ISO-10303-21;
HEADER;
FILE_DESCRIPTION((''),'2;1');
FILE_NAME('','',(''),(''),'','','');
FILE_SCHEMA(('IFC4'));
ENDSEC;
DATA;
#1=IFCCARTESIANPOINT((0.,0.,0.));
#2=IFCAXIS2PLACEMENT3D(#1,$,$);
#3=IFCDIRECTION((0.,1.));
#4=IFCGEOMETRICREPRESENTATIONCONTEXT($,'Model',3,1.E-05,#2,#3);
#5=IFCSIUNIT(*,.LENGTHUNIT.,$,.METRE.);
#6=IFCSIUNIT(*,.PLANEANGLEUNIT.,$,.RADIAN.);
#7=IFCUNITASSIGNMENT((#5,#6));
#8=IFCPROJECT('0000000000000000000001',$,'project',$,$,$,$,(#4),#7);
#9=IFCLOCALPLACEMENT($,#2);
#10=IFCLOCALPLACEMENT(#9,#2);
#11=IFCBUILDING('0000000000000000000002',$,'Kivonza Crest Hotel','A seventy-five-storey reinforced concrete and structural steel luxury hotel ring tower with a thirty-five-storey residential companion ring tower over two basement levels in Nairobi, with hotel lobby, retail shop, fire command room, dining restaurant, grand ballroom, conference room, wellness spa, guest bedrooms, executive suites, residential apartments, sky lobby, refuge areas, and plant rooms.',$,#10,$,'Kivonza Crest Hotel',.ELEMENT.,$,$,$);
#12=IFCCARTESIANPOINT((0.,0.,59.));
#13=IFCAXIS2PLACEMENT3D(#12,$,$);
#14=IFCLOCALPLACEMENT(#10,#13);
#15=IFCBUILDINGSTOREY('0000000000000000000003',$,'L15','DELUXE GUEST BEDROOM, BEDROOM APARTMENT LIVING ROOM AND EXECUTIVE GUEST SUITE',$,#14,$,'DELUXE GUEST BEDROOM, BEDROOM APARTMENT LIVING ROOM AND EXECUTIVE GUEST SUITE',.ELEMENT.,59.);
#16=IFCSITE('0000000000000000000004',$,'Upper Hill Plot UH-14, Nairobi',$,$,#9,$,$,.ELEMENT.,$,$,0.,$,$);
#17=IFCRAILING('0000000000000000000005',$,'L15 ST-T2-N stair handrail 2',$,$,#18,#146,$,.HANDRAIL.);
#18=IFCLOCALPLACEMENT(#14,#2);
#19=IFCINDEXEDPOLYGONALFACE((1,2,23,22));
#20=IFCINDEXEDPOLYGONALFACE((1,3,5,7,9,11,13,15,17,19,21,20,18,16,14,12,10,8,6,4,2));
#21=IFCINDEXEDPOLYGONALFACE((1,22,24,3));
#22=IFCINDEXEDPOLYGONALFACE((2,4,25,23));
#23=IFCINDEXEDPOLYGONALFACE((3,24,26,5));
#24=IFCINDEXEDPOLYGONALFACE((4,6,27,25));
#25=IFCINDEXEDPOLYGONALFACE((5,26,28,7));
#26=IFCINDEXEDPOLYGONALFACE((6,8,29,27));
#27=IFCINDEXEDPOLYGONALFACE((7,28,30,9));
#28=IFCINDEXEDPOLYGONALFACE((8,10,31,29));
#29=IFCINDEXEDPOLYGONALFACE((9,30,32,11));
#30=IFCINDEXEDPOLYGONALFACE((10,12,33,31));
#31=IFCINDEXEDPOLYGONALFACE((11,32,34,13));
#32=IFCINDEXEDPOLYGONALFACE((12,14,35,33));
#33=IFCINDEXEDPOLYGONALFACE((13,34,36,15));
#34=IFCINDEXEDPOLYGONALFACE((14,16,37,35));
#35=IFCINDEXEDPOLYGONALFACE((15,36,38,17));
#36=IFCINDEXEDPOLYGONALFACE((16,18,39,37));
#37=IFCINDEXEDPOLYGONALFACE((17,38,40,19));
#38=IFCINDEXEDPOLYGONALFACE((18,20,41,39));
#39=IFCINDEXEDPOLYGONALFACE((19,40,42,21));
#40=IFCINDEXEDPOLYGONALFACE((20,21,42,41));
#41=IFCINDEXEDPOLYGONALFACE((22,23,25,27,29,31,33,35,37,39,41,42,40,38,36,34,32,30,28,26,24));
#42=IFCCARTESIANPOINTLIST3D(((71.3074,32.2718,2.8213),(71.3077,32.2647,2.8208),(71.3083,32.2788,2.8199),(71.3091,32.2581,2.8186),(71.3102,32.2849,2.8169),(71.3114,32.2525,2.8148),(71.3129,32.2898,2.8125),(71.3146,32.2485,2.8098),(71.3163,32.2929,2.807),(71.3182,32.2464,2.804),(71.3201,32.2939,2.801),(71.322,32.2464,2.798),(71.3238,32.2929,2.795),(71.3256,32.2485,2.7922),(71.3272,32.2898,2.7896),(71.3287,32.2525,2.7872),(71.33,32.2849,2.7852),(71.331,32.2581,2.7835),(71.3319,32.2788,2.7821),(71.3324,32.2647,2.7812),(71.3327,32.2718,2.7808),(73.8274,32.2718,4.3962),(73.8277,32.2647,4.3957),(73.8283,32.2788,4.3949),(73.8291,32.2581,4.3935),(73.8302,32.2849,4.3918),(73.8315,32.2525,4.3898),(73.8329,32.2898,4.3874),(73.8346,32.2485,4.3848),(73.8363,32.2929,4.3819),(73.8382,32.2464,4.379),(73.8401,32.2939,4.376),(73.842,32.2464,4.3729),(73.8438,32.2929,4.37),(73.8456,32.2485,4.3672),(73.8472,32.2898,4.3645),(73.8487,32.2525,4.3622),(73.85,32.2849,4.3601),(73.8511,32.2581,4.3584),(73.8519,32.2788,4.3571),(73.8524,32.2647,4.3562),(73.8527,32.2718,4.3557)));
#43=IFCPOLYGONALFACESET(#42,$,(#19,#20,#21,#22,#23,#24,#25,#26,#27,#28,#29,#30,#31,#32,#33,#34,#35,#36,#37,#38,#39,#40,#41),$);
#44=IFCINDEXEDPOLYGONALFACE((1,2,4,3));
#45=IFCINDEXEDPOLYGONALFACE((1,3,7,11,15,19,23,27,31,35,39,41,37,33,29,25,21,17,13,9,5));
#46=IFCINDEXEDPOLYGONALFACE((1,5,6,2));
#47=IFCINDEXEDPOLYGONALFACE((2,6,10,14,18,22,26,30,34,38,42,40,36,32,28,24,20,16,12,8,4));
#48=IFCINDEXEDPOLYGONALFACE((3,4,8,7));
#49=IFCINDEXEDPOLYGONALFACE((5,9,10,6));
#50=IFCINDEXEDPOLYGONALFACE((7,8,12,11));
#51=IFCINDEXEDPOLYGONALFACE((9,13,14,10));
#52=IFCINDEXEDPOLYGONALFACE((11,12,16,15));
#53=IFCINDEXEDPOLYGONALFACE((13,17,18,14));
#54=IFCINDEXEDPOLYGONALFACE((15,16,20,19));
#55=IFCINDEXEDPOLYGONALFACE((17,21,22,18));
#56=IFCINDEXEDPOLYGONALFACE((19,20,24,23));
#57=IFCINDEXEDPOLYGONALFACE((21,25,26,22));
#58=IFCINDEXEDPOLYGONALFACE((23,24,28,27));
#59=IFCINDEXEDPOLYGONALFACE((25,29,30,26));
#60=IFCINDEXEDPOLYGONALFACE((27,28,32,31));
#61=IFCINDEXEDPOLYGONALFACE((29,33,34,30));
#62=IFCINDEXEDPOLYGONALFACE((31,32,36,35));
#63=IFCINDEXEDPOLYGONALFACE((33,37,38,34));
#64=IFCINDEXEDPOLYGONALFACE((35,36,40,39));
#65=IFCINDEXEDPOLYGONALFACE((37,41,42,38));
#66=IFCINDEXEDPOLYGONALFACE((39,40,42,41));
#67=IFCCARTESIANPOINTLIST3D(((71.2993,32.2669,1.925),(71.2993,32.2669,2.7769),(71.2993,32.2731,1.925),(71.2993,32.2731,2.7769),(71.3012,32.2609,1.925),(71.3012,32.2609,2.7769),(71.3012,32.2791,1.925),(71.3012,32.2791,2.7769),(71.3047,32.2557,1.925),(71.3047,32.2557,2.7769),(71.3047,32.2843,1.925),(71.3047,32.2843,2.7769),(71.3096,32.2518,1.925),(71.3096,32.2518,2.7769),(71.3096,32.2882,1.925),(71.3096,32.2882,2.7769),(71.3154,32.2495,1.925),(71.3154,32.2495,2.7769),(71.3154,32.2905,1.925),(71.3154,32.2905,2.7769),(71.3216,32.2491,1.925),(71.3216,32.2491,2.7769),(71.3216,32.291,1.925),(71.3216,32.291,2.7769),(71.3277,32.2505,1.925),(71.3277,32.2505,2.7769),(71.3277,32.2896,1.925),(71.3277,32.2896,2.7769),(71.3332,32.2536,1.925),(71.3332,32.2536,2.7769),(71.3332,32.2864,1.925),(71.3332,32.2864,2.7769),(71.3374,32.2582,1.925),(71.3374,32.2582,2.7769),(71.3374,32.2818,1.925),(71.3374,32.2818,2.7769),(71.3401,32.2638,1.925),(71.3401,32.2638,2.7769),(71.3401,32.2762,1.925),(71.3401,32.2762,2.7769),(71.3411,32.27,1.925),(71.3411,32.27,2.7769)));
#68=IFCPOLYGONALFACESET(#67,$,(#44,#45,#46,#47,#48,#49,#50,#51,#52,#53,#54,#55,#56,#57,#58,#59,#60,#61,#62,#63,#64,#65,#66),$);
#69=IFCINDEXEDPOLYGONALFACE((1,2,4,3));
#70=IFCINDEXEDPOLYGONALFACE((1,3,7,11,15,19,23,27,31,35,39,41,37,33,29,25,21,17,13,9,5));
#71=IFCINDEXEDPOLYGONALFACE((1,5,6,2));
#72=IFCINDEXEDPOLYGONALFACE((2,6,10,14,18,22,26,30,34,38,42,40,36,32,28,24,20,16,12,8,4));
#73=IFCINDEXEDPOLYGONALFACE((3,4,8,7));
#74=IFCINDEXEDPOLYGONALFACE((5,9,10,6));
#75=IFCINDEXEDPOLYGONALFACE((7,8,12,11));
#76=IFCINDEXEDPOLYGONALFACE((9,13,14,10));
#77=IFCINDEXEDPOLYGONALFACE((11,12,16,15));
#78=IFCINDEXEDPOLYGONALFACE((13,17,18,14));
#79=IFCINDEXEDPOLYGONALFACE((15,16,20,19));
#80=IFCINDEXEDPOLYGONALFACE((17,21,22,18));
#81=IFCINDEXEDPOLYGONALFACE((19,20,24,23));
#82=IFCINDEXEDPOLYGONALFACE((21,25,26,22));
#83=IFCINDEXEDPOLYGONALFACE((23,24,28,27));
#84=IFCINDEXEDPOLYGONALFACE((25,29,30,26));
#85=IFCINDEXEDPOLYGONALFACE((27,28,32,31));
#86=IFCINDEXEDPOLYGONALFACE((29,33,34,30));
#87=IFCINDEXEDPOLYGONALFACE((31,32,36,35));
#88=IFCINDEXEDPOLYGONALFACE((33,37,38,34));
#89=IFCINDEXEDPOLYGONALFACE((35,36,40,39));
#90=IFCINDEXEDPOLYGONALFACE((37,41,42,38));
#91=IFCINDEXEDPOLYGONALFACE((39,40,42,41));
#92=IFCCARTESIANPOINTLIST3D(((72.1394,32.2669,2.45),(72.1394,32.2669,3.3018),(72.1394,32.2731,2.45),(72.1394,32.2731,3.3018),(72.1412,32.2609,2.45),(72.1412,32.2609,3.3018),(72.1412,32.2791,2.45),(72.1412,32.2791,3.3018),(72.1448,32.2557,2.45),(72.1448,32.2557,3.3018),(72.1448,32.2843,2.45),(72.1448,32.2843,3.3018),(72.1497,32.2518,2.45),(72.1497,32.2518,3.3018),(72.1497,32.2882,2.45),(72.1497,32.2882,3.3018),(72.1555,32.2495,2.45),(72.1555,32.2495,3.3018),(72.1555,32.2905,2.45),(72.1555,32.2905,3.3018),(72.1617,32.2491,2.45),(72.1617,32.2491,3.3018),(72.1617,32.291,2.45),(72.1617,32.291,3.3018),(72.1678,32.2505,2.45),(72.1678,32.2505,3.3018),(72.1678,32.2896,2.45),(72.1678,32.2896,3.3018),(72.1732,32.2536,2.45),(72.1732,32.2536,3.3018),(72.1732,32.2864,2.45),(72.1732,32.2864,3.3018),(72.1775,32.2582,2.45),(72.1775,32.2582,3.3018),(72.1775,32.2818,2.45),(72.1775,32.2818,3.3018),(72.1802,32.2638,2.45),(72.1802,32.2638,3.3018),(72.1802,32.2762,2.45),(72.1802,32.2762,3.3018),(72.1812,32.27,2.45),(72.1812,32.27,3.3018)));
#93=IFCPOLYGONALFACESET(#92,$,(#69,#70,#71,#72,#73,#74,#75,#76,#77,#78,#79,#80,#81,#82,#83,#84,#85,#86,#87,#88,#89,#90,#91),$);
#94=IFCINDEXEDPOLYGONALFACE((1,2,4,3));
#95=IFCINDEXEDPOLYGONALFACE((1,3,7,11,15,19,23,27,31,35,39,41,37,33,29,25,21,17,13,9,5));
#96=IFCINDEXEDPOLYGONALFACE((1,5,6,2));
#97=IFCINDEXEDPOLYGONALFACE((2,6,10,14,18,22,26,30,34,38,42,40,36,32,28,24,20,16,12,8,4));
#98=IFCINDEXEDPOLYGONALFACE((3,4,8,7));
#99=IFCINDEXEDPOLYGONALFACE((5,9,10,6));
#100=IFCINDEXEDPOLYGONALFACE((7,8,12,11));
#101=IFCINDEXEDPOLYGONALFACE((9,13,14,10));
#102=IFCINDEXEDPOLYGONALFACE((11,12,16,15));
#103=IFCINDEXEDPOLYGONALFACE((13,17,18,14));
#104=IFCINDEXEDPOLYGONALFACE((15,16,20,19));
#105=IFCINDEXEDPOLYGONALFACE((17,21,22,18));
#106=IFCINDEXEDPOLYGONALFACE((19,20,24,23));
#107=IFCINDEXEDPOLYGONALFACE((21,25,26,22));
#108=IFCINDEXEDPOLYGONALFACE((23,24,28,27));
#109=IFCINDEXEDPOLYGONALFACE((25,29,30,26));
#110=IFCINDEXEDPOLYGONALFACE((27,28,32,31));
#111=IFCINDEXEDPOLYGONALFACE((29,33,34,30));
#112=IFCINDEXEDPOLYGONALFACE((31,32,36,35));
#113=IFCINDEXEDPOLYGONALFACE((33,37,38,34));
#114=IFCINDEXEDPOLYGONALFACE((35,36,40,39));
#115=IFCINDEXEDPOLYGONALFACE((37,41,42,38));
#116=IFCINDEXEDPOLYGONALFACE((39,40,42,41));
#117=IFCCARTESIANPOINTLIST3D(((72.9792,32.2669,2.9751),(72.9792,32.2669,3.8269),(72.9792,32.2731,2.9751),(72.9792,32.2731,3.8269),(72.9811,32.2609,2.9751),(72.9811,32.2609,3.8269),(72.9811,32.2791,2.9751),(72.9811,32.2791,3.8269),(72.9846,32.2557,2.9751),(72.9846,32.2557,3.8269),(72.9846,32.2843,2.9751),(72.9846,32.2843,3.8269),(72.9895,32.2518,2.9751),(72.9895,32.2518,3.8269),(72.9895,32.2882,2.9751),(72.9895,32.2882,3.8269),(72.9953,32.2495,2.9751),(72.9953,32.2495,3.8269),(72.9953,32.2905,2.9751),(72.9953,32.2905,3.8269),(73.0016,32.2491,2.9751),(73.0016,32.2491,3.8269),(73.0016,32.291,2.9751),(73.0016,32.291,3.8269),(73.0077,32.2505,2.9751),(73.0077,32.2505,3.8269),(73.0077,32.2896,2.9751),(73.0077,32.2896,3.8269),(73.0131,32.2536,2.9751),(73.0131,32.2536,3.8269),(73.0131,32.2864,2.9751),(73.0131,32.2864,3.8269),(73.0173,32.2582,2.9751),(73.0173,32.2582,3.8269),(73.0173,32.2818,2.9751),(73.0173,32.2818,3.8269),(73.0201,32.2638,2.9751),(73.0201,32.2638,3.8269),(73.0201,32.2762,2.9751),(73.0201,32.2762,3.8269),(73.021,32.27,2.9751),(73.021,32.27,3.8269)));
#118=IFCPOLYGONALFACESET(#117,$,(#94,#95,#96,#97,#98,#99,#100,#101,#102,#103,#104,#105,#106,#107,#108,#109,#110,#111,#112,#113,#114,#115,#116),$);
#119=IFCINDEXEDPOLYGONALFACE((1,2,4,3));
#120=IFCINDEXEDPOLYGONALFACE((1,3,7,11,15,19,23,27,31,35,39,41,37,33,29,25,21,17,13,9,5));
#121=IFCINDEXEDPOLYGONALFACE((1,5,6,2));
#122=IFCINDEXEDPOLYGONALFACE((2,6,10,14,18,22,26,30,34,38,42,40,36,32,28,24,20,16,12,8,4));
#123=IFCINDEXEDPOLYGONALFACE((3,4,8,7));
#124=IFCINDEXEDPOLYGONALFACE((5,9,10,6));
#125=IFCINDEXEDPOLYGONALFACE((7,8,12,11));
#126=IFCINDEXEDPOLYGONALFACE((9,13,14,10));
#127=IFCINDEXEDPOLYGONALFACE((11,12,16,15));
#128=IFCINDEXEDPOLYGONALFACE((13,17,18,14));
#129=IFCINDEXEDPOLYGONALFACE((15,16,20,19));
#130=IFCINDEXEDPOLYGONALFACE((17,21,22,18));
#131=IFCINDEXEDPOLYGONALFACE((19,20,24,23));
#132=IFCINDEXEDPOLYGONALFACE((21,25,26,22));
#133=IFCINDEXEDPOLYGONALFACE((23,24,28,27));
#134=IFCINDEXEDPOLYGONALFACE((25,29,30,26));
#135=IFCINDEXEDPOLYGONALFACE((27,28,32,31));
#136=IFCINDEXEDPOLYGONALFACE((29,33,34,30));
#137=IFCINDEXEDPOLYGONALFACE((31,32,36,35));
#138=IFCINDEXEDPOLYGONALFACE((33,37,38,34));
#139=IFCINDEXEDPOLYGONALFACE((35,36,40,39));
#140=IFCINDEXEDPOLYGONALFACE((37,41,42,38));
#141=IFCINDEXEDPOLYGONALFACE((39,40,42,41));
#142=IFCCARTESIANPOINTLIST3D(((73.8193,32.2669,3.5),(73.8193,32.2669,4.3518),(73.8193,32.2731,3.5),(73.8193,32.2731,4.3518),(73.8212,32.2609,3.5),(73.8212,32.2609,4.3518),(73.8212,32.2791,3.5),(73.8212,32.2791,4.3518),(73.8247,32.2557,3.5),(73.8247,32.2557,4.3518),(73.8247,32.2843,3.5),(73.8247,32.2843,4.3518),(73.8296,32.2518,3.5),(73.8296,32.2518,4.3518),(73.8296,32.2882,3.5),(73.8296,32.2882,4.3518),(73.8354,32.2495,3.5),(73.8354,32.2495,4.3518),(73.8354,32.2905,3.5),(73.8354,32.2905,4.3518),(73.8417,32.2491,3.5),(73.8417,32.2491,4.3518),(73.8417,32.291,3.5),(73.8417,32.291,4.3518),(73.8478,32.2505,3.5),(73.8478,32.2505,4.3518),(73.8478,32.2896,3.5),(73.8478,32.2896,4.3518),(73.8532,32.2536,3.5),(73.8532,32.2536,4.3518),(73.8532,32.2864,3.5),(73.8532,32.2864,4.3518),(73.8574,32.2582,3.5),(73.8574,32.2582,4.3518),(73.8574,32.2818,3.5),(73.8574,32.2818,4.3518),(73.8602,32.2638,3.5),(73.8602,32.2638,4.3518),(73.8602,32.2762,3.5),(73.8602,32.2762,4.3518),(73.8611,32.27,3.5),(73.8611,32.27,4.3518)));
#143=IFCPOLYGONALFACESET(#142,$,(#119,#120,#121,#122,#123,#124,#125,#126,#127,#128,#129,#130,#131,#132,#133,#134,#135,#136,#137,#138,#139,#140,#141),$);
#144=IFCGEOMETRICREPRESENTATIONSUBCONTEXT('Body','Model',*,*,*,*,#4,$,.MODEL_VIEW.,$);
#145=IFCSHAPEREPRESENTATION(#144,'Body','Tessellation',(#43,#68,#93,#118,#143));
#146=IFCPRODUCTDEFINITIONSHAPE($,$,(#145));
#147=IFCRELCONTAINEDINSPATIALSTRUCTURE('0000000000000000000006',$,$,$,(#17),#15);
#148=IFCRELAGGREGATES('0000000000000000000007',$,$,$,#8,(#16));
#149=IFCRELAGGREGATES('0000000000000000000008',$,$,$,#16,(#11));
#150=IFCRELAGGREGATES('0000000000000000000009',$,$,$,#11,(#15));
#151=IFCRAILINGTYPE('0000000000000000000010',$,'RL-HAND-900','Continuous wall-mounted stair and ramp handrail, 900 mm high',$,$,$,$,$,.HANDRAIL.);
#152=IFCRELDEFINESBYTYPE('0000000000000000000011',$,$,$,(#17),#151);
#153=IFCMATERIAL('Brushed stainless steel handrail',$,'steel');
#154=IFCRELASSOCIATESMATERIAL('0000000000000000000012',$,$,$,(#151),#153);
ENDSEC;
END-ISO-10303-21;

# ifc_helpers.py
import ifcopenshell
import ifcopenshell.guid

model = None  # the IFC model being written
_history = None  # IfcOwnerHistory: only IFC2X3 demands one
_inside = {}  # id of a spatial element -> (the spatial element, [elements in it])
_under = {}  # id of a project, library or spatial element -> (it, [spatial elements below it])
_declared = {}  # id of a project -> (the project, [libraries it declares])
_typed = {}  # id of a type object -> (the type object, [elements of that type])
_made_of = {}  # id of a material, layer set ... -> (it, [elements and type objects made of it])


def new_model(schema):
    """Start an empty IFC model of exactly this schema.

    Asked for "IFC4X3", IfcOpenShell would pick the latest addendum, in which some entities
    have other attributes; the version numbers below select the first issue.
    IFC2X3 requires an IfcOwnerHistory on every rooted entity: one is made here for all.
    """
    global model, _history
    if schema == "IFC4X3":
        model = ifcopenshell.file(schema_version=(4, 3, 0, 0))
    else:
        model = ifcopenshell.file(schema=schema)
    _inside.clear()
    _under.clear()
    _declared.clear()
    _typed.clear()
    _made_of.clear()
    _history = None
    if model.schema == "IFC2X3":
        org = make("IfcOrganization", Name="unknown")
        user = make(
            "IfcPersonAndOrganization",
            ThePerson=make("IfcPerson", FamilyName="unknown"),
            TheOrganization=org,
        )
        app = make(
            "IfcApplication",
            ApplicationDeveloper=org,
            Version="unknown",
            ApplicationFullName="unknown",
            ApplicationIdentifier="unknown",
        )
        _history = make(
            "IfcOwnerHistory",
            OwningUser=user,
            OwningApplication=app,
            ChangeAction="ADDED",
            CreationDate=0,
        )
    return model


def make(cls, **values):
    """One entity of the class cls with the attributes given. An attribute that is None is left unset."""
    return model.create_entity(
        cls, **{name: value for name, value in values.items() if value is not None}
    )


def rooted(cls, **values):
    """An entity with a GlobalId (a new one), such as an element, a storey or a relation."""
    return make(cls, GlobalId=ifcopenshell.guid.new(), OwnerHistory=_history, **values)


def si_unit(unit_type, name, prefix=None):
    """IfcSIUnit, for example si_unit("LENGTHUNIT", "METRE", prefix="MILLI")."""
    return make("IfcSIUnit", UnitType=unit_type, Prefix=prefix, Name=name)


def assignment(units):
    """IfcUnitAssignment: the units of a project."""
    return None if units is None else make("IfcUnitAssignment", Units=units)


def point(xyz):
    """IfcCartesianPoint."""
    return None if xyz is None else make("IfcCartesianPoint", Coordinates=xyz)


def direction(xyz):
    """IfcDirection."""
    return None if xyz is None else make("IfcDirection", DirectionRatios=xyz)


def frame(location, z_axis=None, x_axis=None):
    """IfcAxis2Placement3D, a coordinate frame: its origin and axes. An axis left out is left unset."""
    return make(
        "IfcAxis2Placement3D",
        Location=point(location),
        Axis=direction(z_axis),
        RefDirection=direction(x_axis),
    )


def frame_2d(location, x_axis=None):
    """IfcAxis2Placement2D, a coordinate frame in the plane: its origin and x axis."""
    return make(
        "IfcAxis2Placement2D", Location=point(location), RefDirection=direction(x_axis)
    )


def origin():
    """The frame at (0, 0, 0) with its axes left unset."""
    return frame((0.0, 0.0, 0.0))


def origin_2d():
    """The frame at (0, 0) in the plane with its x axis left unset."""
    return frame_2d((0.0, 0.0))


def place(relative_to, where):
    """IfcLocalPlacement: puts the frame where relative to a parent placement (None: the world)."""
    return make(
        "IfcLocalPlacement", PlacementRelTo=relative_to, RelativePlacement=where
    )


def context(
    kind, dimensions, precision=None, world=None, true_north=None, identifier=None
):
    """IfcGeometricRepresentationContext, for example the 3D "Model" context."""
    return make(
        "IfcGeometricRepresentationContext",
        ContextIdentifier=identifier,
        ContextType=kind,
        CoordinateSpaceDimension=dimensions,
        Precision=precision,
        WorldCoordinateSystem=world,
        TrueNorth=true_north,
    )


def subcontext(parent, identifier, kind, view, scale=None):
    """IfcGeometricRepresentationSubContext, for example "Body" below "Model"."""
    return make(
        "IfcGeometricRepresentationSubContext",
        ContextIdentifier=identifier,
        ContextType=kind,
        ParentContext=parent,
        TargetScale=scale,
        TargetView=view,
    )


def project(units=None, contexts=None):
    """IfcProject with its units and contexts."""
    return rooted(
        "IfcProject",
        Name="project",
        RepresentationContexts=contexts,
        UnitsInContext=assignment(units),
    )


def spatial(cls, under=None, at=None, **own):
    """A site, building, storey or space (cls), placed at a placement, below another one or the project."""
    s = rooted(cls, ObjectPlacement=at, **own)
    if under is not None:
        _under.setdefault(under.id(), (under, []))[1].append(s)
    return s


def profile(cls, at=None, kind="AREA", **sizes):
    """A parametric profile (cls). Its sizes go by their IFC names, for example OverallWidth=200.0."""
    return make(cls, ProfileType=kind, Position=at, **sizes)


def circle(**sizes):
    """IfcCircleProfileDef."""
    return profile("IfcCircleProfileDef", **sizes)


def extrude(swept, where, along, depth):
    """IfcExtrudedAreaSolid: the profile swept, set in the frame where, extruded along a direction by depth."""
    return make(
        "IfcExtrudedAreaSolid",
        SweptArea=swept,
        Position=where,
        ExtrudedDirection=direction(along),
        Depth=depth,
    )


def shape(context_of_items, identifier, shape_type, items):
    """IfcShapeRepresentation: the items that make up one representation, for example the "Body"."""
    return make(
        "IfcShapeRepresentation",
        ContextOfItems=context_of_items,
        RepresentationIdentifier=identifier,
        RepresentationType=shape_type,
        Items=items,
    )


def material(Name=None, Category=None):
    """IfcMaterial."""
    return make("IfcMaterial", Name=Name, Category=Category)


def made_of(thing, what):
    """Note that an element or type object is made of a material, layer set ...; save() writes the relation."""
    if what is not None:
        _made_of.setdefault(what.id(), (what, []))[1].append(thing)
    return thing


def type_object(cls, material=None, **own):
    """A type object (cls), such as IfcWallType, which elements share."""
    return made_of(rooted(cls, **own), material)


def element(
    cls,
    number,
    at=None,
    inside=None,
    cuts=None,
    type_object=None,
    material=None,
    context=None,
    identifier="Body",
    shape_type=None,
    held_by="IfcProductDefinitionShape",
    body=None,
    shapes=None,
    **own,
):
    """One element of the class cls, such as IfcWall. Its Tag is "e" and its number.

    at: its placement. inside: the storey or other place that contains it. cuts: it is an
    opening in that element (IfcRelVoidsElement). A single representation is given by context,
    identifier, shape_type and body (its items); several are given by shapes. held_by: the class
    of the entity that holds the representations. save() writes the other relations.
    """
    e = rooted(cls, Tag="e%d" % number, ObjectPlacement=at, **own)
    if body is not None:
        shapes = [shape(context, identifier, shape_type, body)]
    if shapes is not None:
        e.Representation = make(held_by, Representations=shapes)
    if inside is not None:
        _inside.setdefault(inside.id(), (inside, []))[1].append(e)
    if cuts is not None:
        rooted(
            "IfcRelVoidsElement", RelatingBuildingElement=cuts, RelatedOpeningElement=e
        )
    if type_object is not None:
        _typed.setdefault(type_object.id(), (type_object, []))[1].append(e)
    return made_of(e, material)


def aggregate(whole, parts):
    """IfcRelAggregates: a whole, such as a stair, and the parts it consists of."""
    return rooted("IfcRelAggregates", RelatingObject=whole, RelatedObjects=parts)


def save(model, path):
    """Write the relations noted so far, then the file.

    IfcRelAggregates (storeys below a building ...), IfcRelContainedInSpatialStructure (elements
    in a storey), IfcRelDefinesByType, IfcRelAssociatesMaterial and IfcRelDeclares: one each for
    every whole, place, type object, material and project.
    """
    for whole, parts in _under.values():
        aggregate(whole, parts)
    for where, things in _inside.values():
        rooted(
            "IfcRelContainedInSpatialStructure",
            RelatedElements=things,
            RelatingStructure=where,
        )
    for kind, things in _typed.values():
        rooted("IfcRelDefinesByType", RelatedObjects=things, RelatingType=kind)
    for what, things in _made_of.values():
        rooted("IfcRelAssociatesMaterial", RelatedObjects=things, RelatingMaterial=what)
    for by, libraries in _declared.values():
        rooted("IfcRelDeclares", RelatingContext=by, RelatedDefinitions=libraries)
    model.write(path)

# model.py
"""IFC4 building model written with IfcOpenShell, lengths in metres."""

from ifc_helpers import new_model, si_unit, direction, frame, origin, origin_2d, place, context, subcontext, project, spatial, circle, extrude, material, type_object, element, save


model = new_model("IFC4")

# Units and contexts
model_context = context("Model", 3, precision=1e-05, world=origin(), true_north=direction((0.0, 1.0)))
body_context = subcontext(model_context, "Body", "Model", "MODEL_VIEW")
ifc_project = project(units=[si_unit("LENGTHUNIT", "METRE"), si_unit("PLANEANGLEUNIT", "RADIAN")], contexts=[model_context])

# Site, building, storey
site_placement = place(None, origin())
site = spatial("IfcSite", under=ifc_project, at=site_placement, Name="Upper Hill Plot UH-14, Nairobi", CompositionType="ELEMENT", RefElevation=0.0)
building_placement = place(site_placement, origin())
building = spatial("IfcBuilding", under=site, at=building_placement, Name="Kivonza Crest Hotel", Description="A seventy-five-storey reinforced concrete and structural steel luxury hotel ring tower with a thirty-five-storey residential companion ring tower over two basement levels in Nairobi, with hotel lobby, retail shop, fire command room, dining restaurant, grand ballroom, conference room, wellness spa, guest bedrooms, executive suites, residential apartments, sky lobby, refuge areas, and plant rooms.", LongName="Kivonza Crest Hotel", CompositionType="ELEMENT")
storey_placement = place(building_placement, frame((0.0, 0.0, 59.0)))
storey = spatial("IfcBuildingStorey", under=building, at=storey_placement, Name="L15", Description="DELUXE GUEST BEDROOM, BEDROOM APARTMENT LIVING ROOM AND EXECUTIVE GUEST SUITE", LongName="DELUXE GUEST BEDROOM, BEDROOM APARTMENT LIVING ROOM AND EXECUTIVE GUEST SUITE", CompositionType="ELEMENT", Elevation=59.0)

# Railing
ifc_material_1 = material(Name="Brushed stainless steel handrail", Category="steel")
railing_type_1 = type_object("IfcRailingType", Name="RL-HAND-900", Description="Continuous wall-mounted stair and ramp handrail, 900 mm high", PredefinedType="HANDRAIL", material=ifc_material_1)
railing_1_placement = place(storey_placement, frame((71.3201, 32.27, 1.925)))
element("IfcRailing", 1, at=railing_1_placement, inside=storey, type_object=railing_type_1, Name="L15 ST-T2-N stair handrail 2", PredefinedType="HANDRAIL", context=body_context, shape_type="SweptSolid", body=[
    extrude(circle(Radius=0.0239, at=origin_2d()), frame((0.0, 0.0, 0.876), z_axis=(0.848008, 0.0, 0.529984), x_axis=(0.0, 1.0, 0.0)), (0.0, 0.0, 1.0), 2.9717),
    extrude(circle(Radius=0.021, at=origin_2d()), origin(), (0.0, 0.0, 1.0), 0.8518),
    extrude(circle(Radius=0.021, at=origin_2d()), frame((0.8401, 0.0, 0.5249)), (0.0, 0.0, 1.0), 0.8518),
    extrude(circle(Radius=0.021, at=origin_2d()), frame((1.6799, 0.0, 1.05)), (0.0, 0.0, 1.0), 0.8518),
    extrude(circle(Radius=0.021, at=origin_2d()), frame((2.52, 0.0, 1.575)), (0.0, 0.0, 1.0), 0.8518),
])

save(model, "model.ifc")
